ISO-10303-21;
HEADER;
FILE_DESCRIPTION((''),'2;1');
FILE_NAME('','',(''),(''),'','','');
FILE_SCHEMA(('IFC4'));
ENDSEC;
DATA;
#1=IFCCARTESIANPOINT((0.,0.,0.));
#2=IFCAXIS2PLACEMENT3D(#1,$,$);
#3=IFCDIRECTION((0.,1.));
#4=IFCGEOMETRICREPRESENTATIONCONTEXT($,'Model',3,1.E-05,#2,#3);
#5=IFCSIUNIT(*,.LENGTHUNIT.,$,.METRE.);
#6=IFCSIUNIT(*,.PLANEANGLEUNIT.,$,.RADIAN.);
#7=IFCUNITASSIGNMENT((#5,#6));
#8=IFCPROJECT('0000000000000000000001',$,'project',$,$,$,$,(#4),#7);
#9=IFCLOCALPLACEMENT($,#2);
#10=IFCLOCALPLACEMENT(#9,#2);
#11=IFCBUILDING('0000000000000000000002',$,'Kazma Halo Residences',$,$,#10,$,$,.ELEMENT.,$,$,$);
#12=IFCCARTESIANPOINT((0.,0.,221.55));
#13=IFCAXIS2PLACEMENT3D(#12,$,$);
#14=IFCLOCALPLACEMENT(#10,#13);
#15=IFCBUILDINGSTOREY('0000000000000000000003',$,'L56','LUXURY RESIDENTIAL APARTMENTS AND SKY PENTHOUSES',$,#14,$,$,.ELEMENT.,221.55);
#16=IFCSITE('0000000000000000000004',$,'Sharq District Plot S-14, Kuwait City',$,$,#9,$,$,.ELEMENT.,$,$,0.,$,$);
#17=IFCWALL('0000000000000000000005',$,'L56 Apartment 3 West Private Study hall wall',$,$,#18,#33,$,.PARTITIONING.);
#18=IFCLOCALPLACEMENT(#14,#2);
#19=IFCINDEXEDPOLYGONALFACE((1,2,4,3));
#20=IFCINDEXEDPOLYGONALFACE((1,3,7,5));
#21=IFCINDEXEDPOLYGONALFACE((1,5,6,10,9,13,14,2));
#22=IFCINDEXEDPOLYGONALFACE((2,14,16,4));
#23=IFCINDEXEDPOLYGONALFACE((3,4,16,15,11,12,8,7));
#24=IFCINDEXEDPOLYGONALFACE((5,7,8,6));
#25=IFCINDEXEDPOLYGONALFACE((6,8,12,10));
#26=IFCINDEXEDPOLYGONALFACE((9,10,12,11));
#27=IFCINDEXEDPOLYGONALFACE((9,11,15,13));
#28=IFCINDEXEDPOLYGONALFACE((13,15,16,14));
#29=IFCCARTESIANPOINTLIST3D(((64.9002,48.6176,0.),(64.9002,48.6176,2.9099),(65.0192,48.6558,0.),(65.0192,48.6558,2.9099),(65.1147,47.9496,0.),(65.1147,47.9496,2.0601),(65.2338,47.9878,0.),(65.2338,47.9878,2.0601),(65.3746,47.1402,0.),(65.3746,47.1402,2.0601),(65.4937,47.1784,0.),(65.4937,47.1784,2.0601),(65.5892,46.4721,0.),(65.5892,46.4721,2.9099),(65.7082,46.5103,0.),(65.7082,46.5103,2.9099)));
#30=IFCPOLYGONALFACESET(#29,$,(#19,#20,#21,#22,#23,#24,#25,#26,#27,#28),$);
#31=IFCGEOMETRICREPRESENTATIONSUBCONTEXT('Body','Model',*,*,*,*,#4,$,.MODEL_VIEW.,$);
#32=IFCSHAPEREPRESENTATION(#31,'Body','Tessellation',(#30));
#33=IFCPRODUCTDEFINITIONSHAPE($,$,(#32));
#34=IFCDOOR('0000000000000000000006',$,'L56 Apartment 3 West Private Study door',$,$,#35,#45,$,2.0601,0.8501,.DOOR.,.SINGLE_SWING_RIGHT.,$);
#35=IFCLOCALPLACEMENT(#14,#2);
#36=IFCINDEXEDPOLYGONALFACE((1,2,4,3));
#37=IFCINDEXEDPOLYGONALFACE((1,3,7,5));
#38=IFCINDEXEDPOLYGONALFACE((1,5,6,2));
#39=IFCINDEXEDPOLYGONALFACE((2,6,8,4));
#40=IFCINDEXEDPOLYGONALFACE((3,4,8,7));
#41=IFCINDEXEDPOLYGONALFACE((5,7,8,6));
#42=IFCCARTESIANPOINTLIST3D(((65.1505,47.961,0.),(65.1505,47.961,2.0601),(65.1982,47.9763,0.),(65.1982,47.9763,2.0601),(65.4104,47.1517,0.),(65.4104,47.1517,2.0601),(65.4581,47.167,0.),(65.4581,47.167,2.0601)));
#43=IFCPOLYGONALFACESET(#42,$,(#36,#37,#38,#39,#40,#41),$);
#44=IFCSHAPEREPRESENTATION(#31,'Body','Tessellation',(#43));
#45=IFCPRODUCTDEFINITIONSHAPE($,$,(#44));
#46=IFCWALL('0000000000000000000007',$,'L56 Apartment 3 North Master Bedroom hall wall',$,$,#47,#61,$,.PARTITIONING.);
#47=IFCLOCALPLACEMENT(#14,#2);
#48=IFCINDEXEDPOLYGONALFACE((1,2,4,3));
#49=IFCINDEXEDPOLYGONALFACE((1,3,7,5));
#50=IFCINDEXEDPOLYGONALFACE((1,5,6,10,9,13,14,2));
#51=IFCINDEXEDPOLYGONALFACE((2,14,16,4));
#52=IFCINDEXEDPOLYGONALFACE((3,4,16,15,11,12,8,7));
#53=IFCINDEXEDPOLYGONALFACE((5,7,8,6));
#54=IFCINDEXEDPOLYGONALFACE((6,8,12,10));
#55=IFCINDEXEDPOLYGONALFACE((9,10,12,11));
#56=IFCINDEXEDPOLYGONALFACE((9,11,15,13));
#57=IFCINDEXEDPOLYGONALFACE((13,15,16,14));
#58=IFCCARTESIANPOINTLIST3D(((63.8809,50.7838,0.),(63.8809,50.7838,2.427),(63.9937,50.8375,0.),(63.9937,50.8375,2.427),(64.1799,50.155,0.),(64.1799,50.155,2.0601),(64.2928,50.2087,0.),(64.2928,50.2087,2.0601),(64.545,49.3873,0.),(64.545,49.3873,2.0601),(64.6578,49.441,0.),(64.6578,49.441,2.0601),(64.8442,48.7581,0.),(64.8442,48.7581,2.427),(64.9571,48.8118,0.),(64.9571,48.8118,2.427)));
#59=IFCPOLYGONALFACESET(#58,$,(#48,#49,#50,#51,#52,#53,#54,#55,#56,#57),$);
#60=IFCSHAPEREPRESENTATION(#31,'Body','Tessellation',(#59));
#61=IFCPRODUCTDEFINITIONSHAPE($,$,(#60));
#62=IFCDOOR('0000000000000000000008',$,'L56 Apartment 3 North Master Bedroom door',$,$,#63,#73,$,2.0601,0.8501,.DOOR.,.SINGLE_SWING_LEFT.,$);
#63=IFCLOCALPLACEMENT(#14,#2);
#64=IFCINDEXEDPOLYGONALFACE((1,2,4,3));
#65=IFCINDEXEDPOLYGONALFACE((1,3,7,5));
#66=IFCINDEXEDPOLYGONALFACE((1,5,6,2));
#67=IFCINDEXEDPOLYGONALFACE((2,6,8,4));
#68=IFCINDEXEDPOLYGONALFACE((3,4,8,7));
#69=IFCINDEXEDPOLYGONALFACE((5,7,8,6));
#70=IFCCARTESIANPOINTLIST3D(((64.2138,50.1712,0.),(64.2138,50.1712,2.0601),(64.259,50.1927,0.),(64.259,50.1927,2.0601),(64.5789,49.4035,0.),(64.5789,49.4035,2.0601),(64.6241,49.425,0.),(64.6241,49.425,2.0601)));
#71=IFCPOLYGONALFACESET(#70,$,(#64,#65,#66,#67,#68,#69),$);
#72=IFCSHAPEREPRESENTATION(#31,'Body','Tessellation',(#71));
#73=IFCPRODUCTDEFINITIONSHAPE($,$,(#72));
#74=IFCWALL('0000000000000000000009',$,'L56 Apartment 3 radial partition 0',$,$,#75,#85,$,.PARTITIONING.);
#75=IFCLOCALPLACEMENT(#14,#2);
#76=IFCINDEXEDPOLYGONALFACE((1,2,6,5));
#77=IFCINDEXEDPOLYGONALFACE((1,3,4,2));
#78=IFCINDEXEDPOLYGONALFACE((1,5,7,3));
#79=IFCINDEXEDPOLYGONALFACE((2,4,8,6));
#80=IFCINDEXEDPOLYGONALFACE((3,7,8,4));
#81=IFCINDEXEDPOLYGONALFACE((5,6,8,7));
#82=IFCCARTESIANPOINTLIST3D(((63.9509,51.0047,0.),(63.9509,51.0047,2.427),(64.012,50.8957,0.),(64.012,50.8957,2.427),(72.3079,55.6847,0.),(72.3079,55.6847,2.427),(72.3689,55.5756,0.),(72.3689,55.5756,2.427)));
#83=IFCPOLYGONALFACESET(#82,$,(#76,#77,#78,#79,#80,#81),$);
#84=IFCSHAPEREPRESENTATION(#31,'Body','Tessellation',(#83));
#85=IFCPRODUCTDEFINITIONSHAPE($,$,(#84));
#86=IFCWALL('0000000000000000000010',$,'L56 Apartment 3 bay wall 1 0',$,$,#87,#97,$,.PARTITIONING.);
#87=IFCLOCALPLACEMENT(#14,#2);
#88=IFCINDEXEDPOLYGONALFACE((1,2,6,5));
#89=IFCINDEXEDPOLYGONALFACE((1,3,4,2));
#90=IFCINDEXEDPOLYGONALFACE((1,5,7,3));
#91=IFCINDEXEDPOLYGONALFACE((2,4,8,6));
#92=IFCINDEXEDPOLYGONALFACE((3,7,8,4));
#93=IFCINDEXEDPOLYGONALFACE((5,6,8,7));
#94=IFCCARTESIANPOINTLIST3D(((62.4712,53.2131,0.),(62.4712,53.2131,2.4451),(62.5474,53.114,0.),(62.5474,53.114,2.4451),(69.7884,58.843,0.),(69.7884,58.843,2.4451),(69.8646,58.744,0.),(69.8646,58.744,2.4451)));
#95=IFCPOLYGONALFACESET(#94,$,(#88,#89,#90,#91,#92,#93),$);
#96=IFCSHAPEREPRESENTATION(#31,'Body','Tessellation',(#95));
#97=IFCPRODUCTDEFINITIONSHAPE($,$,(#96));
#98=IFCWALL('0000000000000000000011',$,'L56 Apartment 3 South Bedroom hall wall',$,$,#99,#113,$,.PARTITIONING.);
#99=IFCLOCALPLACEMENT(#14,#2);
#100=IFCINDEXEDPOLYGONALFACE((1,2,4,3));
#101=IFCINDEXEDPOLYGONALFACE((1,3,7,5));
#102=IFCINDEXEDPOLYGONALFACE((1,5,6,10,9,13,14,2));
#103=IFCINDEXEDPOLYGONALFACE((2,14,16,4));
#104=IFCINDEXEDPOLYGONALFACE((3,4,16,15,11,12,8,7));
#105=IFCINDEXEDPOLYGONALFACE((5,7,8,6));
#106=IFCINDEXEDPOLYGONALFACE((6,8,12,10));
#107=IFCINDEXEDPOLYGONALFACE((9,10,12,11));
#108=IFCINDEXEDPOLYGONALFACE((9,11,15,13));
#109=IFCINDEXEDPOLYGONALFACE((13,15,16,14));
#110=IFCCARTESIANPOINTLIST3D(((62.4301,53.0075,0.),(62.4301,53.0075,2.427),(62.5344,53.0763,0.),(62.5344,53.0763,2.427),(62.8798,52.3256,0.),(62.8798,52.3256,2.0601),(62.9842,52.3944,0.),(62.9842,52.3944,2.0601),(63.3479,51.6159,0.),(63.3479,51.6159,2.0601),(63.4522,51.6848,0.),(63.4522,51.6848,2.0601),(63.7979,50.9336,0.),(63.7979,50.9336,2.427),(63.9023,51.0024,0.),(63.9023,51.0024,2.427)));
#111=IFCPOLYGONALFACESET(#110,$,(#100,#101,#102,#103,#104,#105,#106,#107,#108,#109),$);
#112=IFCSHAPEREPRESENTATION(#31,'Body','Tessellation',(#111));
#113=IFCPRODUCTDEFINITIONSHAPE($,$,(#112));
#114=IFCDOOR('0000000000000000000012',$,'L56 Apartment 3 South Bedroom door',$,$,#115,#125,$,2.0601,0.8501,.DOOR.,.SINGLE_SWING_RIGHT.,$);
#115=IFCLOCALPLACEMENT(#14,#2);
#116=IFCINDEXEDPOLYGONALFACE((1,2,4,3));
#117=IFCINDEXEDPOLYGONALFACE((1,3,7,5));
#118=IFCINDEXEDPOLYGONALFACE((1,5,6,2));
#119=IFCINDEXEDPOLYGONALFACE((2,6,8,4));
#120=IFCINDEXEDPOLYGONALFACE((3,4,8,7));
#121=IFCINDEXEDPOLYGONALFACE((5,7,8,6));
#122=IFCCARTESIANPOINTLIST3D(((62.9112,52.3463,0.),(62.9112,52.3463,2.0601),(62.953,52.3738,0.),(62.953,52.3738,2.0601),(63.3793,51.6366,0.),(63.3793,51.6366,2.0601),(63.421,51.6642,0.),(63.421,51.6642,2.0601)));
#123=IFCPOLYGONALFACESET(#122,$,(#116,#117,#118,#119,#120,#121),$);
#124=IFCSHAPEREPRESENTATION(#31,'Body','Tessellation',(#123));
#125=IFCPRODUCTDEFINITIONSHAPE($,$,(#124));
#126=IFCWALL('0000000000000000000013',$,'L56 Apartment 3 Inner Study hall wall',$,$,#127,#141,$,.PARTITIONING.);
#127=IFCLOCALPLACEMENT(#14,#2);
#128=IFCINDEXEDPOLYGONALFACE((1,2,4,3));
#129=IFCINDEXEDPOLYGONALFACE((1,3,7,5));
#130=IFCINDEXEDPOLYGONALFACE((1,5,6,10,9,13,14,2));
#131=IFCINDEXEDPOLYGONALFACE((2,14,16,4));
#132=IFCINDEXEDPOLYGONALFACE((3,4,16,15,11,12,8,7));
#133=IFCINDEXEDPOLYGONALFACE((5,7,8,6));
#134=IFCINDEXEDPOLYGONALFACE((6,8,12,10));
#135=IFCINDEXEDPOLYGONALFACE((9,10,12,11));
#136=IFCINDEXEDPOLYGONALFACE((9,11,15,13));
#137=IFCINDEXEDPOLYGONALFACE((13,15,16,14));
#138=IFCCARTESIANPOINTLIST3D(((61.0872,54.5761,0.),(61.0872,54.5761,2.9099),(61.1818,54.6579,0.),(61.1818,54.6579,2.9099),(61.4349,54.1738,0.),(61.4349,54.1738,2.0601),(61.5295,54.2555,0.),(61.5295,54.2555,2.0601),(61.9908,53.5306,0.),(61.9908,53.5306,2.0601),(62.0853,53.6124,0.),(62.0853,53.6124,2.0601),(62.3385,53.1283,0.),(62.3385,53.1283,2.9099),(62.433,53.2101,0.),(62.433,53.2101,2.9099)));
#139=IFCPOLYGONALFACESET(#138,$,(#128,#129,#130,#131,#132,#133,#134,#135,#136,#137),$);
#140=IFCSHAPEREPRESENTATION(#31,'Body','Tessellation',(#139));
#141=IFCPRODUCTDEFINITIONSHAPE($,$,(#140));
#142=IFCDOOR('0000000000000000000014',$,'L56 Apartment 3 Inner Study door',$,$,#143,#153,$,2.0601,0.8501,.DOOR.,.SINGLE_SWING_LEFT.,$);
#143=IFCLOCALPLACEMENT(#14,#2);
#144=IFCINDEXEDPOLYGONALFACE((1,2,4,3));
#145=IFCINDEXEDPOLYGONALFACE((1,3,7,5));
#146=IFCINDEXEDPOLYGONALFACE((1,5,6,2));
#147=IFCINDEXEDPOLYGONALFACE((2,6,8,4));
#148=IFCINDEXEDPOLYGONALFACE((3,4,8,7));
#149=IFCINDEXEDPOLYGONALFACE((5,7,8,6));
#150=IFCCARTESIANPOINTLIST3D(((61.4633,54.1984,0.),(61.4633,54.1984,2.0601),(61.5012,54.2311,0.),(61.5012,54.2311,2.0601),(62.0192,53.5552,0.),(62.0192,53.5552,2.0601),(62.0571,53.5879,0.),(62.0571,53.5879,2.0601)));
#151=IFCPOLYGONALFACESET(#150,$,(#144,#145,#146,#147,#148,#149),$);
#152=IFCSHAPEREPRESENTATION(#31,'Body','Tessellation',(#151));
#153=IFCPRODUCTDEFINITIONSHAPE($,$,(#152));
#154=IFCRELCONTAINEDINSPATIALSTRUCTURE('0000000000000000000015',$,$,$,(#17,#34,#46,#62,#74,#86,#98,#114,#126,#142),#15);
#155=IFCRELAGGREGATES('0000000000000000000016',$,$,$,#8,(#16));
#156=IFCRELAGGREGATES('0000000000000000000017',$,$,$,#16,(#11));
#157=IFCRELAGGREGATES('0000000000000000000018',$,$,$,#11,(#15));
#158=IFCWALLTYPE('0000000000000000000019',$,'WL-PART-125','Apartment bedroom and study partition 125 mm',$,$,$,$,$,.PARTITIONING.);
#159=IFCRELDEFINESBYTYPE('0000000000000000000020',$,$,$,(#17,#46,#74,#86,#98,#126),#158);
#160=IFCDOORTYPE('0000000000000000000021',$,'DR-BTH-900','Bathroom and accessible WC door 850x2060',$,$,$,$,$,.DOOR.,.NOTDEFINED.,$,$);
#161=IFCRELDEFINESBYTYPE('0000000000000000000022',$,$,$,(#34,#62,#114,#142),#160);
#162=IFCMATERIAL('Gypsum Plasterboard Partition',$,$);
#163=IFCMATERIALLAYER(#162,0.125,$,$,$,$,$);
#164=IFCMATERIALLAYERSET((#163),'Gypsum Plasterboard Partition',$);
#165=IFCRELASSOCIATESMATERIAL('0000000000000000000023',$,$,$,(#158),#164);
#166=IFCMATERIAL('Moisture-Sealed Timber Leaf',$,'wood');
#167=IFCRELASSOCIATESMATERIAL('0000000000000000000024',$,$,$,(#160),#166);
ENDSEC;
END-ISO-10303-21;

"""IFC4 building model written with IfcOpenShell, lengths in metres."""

from ifc_helpers import new_model, si_unit, direction, frame, frame_2d, origin, place, context, subcontext, project, spatial, rectangle, extrude, material, layer, layer_set, type_object, element, fill, save


model = new_model("IFC4")

# Units and contexts
model_context = context("Model", 3, precision=1e-05, world=origin(), true_north=direction((0.0, 1.0)))
body_context = subcontext(model_context, "Body", "Model", "MODEL_VIEW")
ifc_project = project(units=[si_unit("LENGTHUNIT", "METRE"), si_unit("PLANEANGLEUNIT", "RADIAN")], contexts=[model_context])

# Site, building, storey
site_placement = place(None, origin())
site = spatial("IfcSite", under=ifc_project, at=site_placement, Name="Sharq District Plot S-14, Kuwait City", CompositionType="ELEMENT", RefElevation=0.0)
building_placement = place(site_placement, origin())
building = spatial("IfcBuilding", under=site, at=building_placement, Name="Kazma Halo Residences", CompositionType="ELEMENT")
storey_placement = place(building_placement, frame((0.0, 0.0, 221.55)))
storey = spatial("IfcBuildingStorey", under=building, at=storey_placement, Name="L56", Description="LUXURY RESIDENTIAL APARTMENTS AND SKY PENTHOUSES", CompositionType="ELEMENT", Elevation=221.55)

# Shared definitions
ifc_material_1 = material(Name="Gypsum Plasterboard Partition")
ifc_layer_1 = layer(ifc_material_1, 0.125)
ifc_layer_set_1 = layer_set([ifc_layer_1], Name="Gypsum Plasterboard Partition")
wall_type_1 = type_object("IfcWallType", Name="WL-PART-125", Description="Apartment bedroom and study partition 125 mm", PredefinedType="PARTITIONING", material=ifc_layer_set_1)

# Shared definitions
ifc_material_2 = material(Name="Moisture-Sealed Timber Leaf", Category="wood")
door_type = type_object("IfcDoorType", Name="DR-BTH-900", Description="Bathroom and accessible WC door 850x2060", OperationType="NOTDEFINED", PredefinedType="DOOR", material=ifc_material_2)

# Walls, openings, doors
wall_1_placement = place(storey_placement, frame((65.6487, 46.4912, 0.0), z_axis=(0.0, 0.0, 1.0), x_axis=(-0.305743, 0.952114, 0.0)))
wall_1 = element("IfcWall", 1, at=wall_1_placement, inside=storey, type_object=wall_type_1, Name="L56 Apartment 3 West Private Study hall wall", PredefinedType="PARTITIONING", context=body_context, shape_type="SweptSolid", body=[
    extrude(rectangle(XDim=2.2534, YDim=0.125, at=frame_2d((1.1267, 0.0))), origin(), (0.0, 0.0, 1.0), 2.9099),
])
opening_1_placement = place(wall_1_placement, frame((0.7017, 0.0, 0.0)))
opening_1 = element("IfcOpeningElement", 2, at=opening_1_placement, cuts=wall_1, PredefinedType="OPENING", context=body_context, shape_type="SweptSolid", body=[
    extrude(rectangle(XDim=0.8501, YDim=2.0601, at=frame_2d((0.425, 1.03))), frame((0.0, 0.0725, 0.0), z_axis=(0.0, -1.0, 0.0), x_axis=(1.0, 0.0, 0.0)), (0.0, 0.0, 1.0), 0.145),
])
door_1_placement = place(opening_1_placement, origin())
door_1 = element("IfcDoor", 3, at=door_1_placement, inside=storey, type_object=door_type, Name="L56 Apartment 3 West Private Study door", OperationType="SINGLE_SWING_RIGHT", OverallHeight=2.0601, OverallWidth=0.8501, PredefinedType="DOOR", context=body_context, shape_type="SweptSolid", body=[
    extrude(rectangle(XDim=0.8501, YDim=2.0601, at=frame_2d((0.425, 1.03))), frame((0.0, 0.0249, 0.0), z_axis=(0.0, -1.0, 0.0), x_axis=(1.0, 0.0, 0.0)), (0.0, 0.0, 1.0), 0.05),
])
fill(opening_1, door_1)
wall_2_placement = place(storey_placement, frame((64.9006, 48.7849, 0.0), z_axis=(0.0, 0.0, 1.0), x_axis=(-0.429452, 0.90309, 0.0)))
wall_2 = element("IfcWall", 4, at=wall_2_placement, inside=storey, type_object=wall_type_1, Name="L56 Apartment 3 North Master Bedroom hall wall", PredefinedType="PARTITIONING", context=body_context, shape_type="SweptSolid", body=[
    extrude(rectangle(XDim=2.2432, YDim=0.125, at=frame_2d((1.1216, 0.0))), origin(), (0.0, 0.0, 1.0), 2.427),
])
opening_2_placement = place(wall_2_placement, frame((0.6968, 0.0, 0.0)))
opening_2 = element("IfcOpeningElement", 5, at=opening_2_placement, cuts=wall_2, PredefinedType="OPENING", context=body_context, shape_type="SweptSolid", body=[
    extrude(rectangle(XDim=0.8501, YDim=2.0601, at=frame_2d((0.425, 1.03))), frame((0.0, 0.0725, 0.0), z_axis=(0.0, -1.0, 0.0), x_axis=(1.0, 0.0, 0.0)), (0.0, 0.0, 1.0), 0.145),
])
door_2_placement = place(opening_2_placement, origin())
door_2 = element("IfcDoor", 6, at=door_2_placement, inside=storey, type_object=door_type, Name="L56 Apartment 3 North Master Bedroom door", OperationType="SINGLE_SWING_LEFT", OverallHeight=2.0601, OverallWidth=0.8501, PredefinedType="DOOR", context=body_context, shape_type="SweptSolid", body=[
    extrude(rectangle(XDim=0.8501, YDim=2.0601, at=frame_2d((0.425, 1.03))), frame((0.0, 0.0249, 0.0), z_axis=(0.0, -1.0, 0.0), x_axis=(1.0, 0.0, 0.0)), (0.0, 0.0, 1.0), 0.05),
])
fill(opening_2, door_2)

# Walls
wall_3_placement = place(storey_placement, frame((63.9814, 50.9502, 0.0), z_axis=(0.0, 0.0, 1.0), x_axis=(0.872504, 0.488607, 0.0)))
element("IfcWall", 7, at=wall_3_placement, inside=storey, type_object=wall_type_1, Name="L56 Apartment 3 radial partition 0", PredefinedType="PARTITIONING", context=body_context, shape_type="SweptSolid", body=[
    extrude(rectangle(XDim=9.5781, YDim=0.125, at=frame_2d((4.7891, 0.0))), origin(), (0.0, 0.0, 1.0), 2.427),
])
wall_4_placement = place(storey_placement, frame((62.5093, 53.1636, 0.0), z_axis=(0.0, 0.0, 1.0), x_axis=(0.792555, 0.6098, 0.0)))
element("IfcWall", 8, at=wall_4_placement, inside=storey, type_object=wall_type_1, Name="L56 Apartment 3 bay wall 1 0", PredefinedType="PARTITIONING", context=body_context, shape_type="SweptSolid", body=[
    extrude(rectangle(XDim=9.2324, YDim=0.125, at=frame_2d((4.6162, 0.0))), origin(), (0.0, 0.0, 1.0), 2.4451),
])

# Walls, openings, doors
wall_5_placement = place(storey_placement, frame((63.8501, 50.968, 0.0), z_axis=(0.0, 0.0, 1.0), x_axis=(-0.550589, 0.834777, 0.0)))
wall_5 = element("IfcWall", 9, at=wall_5_placement, inside=storey, type_object=wall_type_1, Name="L56 Apartment 3 South Bedroom hall wall", PredefinedType="PARTITIONING", context=body_context, shape_type="SweptSolid", body=[
    extrude(rectangle(XDim=2.4844, YDim=0.125, at=frame_2d((1.2422, 0.0))), origin(), (0.0, 0.0, 1.0), 2.427),
])
opening_3_placement = place(wall_5_placement, frame((0.8174, 0.0, 0.0)))
opening_3 = element("IfcOpeningElement", 10, at=opening_3_placement, cuts=wall_5, PredefinedType="OPENING", context=body_context, shape_type="SweptSolid", body=[
    extrude(rectangle(XDim=0.8501, YDim=2.0601, at=frame_2d((0.425, 1.03))), frame((0.0, 0.0725, 0.0), z_axis=(0.0, -1.0, 0.0), x_axis=(1.0, 0.0, 0.0)), (0.0, 0.0, 1.0), 0.145),
])
door_3_placement = place(opening_3_placement, origin())
door_3 = element("IfcDoor", 11, at=door_3_placement, inside=storey, type_object=door_type, Name="L56 Apartment 3 South Bedroom door", OperationType="SINGLE_SWING_RIGHT", OverallHeight=2.0601, OverallWidth=0.8501, PredefinedType="DOOR", context=body_context, shape_type="SweptSolid", body=[
    extrude(rectangle(XDim=0.8501, YDim=2.0601, at=frame_2d((0.425, 1.03))), frame((0.0, 0.0249, 0.0), z_axis=(0.0, -1.0, 0.0), x_axis=(1.0, 0.0, 0.0)), (0.0, 0.0, 1.0), 0.05),
])
fill(opening_3, door_3)
wall_6_placement = place(storey_placement, frame((62.3857, 53.1692, 0.0), z_axis=(0.0, 0.0, 1.0), x_axis=(-0.653886, 0.756593, 0.0)))
wall_6 = element("IfcWall", 12, at=wall_6_placement, inside=storey, type_object=wall_type_1, Name="L56 Apartment 3 Inner Study hall wall", PredefinedType="PARTITIONING", context=body_context, shape_type="SweptSolid", body=[
    extrude(rectangle(XDim=1.9136, YDim=0.125, at=frame_2d((0.9568, 0.0))), origin(), (0.0, 0.0, 1.0), 2.9099),
])
opening_4_placement = place(wall_6_placement, frame((0.5317, 0.0, 0.0)))
opening_4 = element("IfcOpeningElement", 13, at=opening_4_placement, cuts=wall_6, PredefinedType="OPENING", context=body_context, shape_type="SweptSolid", body=[
    extrude(rectangle(XDim=0.8501, YDim=2.0601, at=frame_2d((0.425, 1.03))), frame((0.0, 0.0725, 0.0), z_axis=(0.0, -1.0, 0.0), x_axis=(1.0, 0.0, 0.0)), (0.0, 0.0, 1.0), 0.145),
])
door_4_placement = place(opening_4_placement, origin())
door_4 = element("IfcDoor", 14, at=door_4_placement, inside=storey, type_object=door_type, Name="L56 Apartment 3 Inner Study door", OperationType="SINGLE_SWING_LEFT", OverallHeight=2.0601, OverallWidth=0.8501, PredefinedType="DOOR", context=body_context, shape_type="SweptSolid", body=[
    extrude(rectangle(XDim=0.8501, YDim=2.0601, at=frame_2d((0.425, 1.03))), frame((0.0, 0.0249, 0.0), z_axis=(0.0, -1.0, 0.0), x_axis=(1.0, 0.0, 0.0)), (0.0, 0.0, 1.0), 0.05),
])
fill(opening_4, door_4)

save(model, "model.ifc")
